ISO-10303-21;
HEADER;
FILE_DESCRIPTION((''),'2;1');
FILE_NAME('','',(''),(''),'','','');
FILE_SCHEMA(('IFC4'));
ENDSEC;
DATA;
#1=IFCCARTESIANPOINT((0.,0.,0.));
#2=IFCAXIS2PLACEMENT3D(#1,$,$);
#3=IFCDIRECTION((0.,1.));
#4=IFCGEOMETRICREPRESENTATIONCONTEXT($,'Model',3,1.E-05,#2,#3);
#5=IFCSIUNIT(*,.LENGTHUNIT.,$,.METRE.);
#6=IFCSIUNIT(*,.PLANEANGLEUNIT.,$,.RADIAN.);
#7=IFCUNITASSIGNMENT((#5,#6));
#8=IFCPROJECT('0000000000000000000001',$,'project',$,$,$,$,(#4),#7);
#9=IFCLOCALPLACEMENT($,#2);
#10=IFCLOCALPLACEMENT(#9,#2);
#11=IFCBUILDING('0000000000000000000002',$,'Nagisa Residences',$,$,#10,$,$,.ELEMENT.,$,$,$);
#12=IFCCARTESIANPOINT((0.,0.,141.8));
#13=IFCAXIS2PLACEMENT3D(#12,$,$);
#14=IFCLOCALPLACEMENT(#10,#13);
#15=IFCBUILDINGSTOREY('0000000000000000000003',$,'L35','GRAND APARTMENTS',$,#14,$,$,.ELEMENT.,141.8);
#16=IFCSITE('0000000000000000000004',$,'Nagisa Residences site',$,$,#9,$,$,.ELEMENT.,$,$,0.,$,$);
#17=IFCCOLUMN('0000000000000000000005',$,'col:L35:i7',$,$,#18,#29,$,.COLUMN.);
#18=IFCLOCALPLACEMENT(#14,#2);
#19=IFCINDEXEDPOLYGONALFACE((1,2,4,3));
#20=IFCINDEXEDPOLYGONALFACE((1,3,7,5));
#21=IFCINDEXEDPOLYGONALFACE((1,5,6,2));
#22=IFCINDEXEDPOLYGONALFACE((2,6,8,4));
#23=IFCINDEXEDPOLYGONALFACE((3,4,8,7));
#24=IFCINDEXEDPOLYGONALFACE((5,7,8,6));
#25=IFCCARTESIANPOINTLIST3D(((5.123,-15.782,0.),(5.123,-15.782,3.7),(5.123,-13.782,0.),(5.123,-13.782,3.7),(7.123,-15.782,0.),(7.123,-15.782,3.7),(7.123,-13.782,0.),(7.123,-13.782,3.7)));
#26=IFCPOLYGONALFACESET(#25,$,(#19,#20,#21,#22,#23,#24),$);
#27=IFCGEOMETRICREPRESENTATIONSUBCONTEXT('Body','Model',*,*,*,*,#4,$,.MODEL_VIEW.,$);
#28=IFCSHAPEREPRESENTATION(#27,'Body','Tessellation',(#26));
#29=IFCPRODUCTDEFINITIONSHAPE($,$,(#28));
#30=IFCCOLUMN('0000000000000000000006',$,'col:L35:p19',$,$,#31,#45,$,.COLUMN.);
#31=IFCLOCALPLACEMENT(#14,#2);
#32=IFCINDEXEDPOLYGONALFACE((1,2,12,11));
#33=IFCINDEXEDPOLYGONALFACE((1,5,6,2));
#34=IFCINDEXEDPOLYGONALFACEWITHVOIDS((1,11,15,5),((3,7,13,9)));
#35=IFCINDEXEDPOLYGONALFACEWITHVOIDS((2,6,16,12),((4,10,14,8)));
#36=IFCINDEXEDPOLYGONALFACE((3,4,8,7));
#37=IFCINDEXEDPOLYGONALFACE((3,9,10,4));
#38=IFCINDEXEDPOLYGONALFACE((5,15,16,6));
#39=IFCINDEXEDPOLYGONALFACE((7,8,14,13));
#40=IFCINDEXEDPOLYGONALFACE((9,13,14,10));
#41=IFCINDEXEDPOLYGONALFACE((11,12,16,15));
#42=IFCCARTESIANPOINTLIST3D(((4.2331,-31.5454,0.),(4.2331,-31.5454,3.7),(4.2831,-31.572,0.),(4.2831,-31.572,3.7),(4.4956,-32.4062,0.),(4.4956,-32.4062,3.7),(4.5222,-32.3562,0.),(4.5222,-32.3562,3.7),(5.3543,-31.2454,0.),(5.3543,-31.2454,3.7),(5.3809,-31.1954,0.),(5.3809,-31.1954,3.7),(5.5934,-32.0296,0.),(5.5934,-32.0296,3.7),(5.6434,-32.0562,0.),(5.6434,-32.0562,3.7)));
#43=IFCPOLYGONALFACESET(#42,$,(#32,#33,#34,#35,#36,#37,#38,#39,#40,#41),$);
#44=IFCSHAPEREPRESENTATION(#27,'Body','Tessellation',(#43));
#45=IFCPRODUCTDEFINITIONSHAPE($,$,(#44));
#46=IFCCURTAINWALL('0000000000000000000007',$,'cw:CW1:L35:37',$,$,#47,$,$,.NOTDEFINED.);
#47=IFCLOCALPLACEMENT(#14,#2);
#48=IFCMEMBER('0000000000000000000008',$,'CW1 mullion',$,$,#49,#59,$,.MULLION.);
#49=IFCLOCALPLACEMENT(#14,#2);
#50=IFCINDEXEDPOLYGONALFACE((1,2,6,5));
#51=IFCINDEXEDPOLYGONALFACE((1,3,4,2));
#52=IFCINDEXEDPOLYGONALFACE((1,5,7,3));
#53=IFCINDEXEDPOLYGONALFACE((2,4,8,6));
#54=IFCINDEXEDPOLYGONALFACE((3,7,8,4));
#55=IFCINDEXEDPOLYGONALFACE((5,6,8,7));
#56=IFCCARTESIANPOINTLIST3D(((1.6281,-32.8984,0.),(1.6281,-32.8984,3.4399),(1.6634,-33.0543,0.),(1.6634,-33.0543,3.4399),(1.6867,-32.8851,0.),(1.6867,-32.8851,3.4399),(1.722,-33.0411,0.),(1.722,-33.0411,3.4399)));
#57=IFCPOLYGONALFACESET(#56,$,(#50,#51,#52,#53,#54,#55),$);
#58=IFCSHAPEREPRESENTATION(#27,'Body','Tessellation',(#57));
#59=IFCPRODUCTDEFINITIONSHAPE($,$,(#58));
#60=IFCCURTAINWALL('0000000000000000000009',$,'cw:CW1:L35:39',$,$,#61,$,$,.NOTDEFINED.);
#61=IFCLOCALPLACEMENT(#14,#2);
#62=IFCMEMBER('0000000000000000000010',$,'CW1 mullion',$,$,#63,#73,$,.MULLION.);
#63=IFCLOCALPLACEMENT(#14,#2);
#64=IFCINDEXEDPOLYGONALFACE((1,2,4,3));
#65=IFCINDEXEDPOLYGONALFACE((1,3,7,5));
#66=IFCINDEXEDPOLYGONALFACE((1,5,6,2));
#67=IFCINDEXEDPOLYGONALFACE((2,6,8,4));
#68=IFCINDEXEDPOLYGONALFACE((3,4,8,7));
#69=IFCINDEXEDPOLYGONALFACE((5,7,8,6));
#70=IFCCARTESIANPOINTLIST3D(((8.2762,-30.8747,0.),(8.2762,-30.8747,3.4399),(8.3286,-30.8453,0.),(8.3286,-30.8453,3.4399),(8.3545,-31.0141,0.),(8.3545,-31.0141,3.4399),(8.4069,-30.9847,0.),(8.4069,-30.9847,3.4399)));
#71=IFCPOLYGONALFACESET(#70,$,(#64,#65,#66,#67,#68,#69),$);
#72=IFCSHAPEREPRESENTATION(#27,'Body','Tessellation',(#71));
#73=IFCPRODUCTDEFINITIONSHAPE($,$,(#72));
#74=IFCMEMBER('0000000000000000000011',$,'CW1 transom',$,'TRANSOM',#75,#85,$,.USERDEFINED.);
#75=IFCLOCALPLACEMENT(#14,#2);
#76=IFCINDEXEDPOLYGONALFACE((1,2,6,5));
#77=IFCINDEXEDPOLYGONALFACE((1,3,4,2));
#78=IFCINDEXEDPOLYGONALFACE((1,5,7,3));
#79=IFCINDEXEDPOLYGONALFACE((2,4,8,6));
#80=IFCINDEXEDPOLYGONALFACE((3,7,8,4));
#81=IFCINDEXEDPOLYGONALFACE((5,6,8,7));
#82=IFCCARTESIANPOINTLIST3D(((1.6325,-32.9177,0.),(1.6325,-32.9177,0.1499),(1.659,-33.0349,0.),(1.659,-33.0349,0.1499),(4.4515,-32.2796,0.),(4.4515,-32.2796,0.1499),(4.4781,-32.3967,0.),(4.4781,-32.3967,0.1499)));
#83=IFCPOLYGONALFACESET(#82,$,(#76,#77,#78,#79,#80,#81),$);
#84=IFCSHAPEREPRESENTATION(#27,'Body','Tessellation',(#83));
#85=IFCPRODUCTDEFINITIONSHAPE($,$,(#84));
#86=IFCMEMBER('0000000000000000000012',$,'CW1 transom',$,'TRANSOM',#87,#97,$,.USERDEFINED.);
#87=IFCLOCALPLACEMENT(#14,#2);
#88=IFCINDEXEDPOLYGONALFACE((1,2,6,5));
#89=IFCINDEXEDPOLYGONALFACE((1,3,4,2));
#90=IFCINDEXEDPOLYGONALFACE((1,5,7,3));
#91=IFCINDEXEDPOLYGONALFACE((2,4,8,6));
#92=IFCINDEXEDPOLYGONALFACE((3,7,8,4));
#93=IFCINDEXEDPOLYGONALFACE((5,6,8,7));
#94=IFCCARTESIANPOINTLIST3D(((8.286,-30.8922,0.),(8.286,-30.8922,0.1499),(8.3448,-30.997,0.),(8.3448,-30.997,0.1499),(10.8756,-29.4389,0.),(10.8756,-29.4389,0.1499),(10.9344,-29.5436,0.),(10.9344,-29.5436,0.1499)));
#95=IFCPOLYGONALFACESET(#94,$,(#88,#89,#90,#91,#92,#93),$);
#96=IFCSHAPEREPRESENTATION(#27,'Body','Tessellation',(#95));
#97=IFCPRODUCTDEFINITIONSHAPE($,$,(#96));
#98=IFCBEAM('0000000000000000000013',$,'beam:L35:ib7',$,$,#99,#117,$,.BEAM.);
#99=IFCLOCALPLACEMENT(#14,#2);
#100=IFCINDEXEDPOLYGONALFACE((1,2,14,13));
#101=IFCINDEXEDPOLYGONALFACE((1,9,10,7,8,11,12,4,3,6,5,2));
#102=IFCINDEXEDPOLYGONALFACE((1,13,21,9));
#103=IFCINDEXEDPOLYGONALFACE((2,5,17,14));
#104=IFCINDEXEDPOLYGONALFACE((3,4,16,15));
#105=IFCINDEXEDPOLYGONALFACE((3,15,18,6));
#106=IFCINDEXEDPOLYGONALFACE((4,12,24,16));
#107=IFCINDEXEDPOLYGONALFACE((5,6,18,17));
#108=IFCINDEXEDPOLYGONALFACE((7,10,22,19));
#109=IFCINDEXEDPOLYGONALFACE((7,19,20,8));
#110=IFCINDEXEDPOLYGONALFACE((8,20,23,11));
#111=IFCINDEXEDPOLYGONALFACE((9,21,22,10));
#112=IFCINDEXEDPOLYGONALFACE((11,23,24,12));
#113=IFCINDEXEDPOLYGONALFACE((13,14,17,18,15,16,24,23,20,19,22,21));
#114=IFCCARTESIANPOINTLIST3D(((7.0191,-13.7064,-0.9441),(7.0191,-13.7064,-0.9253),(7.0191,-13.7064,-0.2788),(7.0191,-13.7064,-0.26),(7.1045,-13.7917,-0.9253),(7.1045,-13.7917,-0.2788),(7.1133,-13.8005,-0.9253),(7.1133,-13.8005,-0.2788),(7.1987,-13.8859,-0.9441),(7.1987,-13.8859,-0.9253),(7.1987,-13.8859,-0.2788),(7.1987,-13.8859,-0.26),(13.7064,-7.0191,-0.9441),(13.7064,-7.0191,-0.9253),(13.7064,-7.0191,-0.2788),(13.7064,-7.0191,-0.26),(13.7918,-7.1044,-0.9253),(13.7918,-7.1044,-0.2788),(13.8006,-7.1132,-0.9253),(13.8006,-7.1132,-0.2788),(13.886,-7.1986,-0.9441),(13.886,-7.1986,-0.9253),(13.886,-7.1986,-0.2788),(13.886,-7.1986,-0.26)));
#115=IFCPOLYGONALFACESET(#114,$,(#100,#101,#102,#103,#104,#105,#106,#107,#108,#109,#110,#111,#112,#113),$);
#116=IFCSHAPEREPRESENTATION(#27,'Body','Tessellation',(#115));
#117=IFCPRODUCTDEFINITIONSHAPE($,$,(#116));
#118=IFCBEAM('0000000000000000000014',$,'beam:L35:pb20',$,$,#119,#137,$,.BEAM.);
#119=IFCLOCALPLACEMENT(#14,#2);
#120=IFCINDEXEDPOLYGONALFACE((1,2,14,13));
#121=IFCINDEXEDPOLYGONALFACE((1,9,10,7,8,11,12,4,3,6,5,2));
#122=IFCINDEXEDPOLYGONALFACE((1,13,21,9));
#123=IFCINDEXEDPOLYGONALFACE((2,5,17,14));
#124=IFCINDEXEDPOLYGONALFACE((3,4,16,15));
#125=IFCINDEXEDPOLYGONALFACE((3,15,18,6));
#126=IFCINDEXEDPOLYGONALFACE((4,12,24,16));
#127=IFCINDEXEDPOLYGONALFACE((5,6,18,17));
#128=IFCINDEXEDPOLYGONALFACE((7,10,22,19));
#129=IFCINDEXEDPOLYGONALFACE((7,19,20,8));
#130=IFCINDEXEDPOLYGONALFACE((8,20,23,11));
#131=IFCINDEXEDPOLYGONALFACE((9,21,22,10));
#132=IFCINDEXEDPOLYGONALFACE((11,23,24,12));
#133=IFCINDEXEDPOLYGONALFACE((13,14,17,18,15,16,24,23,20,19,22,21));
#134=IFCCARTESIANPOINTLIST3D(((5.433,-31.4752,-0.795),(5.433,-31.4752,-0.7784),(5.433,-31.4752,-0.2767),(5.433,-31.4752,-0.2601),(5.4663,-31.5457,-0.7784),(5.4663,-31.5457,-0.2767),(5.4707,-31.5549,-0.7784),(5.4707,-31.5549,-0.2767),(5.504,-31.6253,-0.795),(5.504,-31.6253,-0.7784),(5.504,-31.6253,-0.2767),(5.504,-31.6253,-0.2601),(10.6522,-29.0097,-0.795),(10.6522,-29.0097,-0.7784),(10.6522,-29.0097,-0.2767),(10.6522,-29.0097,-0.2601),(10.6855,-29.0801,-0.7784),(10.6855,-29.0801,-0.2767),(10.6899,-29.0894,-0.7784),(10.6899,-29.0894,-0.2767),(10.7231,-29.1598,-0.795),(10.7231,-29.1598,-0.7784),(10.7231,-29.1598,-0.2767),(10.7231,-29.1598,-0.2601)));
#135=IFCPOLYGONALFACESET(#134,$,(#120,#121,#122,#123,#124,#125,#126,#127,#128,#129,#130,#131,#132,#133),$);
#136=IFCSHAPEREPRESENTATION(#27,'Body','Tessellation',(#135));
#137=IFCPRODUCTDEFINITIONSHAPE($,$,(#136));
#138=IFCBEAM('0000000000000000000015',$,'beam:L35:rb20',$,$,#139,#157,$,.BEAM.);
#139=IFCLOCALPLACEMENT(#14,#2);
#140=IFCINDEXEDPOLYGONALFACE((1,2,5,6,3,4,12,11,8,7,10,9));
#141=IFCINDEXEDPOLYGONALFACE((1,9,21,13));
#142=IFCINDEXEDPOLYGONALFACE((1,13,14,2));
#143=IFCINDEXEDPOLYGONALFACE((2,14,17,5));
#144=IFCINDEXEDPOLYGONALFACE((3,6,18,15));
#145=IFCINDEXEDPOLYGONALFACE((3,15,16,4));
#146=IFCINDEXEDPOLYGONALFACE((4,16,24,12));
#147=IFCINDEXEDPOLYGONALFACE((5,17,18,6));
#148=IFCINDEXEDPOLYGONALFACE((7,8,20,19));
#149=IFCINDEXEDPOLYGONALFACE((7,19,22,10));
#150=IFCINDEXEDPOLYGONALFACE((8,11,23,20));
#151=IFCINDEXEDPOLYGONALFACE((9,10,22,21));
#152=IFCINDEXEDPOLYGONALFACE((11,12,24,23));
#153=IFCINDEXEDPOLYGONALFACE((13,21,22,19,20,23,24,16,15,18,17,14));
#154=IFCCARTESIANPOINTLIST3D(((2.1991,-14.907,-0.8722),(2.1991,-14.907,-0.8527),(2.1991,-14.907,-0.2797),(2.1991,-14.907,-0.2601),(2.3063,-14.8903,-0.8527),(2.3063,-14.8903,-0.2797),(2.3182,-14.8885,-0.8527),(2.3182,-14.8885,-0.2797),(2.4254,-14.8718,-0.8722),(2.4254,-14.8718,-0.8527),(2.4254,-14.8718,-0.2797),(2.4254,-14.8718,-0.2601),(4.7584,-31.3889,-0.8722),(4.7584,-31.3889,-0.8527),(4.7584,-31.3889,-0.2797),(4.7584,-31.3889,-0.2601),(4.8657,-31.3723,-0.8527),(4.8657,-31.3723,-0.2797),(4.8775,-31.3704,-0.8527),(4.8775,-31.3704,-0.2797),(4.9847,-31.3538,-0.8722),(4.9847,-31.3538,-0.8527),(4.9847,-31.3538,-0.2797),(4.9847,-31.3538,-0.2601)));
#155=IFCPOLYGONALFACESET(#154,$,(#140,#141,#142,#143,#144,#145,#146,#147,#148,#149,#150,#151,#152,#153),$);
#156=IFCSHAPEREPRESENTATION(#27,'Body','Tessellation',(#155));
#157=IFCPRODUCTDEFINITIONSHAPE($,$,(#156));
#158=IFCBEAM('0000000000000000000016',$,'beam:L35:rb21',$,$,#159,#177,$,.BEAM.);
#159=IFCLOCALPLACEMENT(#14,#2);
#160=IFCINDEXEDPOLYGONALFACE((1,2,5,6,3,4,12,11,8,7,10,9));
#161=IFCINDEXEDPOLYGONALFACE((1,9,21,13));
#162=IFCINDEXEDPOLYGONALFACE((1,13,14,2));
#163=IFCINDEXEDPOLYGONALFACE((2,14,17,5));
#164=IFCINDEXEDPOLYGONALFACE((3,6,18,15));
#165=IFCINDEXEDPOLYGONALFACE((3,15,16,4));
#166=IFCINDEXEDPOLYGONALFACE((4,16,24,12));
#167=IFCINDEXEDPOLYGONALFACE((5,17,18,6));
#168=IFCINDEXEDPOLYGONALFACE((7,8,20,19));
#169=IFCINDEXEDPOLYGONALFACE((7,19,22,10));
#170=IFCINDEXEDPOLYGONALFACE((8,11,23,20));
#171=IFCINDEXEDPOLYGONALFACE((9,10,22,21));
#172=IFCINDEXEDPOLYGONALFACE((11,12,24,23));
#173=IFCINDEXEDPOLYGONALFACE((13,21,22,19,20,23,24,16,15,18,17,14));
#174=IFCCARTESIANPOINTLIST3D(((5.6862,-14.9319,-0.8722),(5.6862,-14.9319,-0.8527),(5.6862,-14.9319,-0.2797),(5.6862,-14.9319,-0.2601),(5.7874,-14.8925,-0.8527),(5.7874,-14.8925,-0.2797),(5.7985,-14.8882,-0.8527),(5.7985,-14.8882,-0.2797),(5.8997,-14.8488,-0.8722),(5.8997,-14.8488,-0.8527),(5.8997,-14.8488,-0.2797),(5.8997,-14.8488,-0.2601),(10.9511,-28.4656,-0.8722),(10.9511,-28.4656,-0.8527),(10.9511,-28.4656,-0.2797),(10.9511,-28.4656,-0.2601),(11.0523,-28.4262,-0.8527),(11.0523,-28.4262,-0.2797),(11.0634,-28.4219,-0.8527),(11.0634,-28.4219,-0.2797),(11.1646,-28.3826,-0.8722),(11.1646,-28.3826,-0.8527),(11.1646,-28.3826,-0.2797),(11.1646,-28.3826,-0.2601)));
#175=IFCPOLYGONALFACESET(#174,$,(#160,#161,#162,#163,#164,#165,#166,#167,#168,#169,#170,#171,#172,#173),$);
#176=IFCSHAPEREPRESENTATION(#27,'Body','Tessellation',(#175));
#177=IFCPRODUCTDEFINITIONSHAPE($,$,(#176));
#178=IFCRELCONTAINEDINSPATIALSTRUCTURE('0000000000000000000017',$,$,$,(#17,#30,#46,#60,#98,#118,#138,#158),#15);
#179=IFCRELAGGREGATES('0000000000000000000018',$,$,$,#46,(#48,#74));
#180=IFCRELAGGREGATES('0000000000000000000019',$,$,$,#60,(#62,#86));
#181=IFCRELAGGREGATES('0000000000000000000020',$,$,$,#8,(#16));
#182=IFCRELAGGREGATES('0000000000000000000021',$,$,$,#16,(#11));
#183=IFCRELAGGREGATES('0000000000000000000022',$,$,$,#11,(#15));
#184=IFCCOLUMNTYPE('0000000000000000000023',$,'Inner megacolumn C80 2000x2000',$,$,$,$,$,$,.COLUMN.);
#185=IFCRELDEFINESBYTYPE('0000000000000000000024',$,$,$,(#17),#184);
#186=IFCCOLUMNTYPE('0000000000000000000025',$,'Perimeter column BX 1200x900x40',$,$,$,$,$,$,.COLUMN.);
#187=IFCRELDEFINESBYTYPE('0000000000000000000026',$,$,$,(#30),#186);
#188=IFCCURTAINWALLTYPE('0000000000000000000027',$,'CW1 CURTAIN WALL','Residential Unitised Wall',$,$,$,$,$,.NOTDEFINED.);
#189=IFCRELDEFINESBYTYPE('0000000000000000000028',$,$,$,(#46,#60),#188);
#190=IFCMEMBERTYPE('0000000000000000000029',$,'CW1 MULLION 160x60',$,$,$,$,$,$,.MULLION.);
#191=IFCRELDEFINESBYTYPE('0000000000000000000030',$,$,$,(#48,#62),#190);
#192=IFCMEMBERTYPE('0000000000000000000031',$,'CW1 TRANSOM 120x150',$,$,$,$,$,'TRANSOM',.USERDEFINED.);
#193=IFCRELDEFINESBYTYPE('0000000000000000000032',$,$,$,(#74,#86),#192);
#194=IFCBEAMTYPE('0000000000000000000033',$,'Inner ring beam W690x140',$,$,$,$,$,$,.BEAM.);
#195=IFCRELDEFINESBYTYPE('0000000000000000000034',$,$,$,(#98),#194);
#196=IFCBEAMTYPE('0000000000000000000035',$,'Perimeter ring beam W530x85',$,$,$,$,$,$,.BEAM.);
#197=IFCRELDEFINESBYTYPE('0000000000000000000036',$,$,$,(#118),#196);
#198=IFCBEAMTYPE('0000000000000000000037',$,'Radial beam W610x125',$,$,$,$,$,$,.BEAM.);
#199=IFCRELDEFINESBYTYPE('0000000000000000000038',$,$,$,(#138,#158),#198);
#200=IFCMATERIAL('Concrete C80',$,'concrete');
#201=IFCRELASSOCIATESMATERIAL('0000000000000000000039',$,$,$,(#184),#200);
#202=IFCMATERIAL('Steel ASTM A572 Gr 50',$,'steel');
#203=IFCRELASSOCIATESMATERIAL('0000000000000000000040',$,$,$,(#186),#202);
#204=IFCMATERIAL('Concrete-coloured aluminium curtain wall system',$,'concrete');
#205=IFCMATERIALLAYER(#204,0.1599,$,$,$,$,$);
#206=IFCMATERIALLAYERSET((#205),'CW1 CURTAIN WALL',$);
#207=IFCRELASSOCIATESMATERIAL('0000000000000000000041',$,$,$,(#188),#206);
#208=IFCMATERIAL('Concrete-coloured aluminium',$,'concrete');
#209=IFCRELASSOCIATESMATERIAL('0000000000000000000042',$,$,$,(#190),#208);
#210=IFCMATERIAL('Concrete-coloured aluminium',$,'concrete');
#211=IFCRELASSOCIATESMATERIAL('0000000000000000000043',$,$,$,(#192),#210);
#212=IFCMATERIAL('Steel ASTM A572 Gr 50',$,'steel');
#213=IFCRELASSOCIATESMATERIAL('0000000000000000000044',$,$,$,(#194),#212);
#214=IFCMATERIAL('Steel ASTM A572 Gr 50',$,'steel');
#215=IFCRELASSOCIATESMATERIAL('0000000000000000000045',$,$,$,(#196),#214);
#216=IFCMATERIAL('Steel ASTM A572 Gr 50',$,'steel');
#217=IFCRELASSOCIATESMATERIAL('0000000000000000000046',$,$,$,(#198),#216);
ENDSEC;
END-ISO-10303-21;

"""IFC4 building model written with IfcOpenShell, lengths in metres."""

from ifc_helpers import new_model, si_unit, direction, frame, origin, origin_2d, place, context, subcontext, project, spatial, rectangle, hollow_rectangle, i_section, extrude, material, layer, layer_set, material_profile, profile_set, type_object, element, aggregate, save


model = new_model("IFC4")

# Units and contexts
model_context = context("Model", 3, precision=1e-05, world=origin(), true_north=direction((0.0, 1.0)))
body_context = subcontext(model_context, "Body", "Model", "MODEL_VIEW")
ifc_project = project(units=[si_unit("LENGTHUNIT", "METRE"), si_unit("PLANEANGLEUNIT", "RADIAN")], contexts=[model_context])

# Site, building, storey
site_placement = place(None, origin())
site = spatial("IfcSite", under=ifc_project, at=site_placement, Name="Nagisa Residences site", CompositionType="ELEMENT", RefElevation=0.0)
building_placement = place(site_placement, origin())
building = spatial("IfcBuilding", under=site, at=building_placement, Name="Nagisa Residences", CompositionType="ELEMENT")
storey_placement = place(building_placement, frame((0.0, 0.0, 141.8)))
storey = spatial("IfcBuildingStorey", under=building, at=storey_placement, Name="L35", Description="GRAND APARTMENTS", CompositionType="ELEMENT", Elevation=141.8)

# Columns
ifc_material_1 = material(Name="Concrete C80", Category="concrete")
ifc_material_profile_1 = material_profile(ifc_material_1, rectangle(XDim=2.0, YDim=2.0, at=origin_2d()), Name="C80 2000x2000")
ifc_profile_set_1 = profile_set([ifc_material_profile_1], Name="Concrete C80")
column_type_1 = type_object("IfcColumnType", Name="Inner megacolumn C80 2000x2000", PredefinedType="COLUMN", material=ifc_profile_set_1)
column_1_placement = place(storey_placement, frame((6.123, -14.782, 0.0), z_axis=(0.0, 0.0, 1.0), x_axis=(1.0, 0.0, 0.0)))
element("IfcColumn", 1, at=column_1_placement, inside=storey, type_object=column_type_1, Name="col:L35:i7", PredefinedType="COLUMN", context=body_context, shape_type="SweptSolid", body=[
    extrude(rectangle(XDim=2.0, YDim=2.0, at=origin_2d()), origin(), (0.0, 0.0, 1.0), 3.7),
])
ifc_material_2 = material(Name="Steel ASTM A572 Gr 50", Category="steel")
ifc_material_profile_2 = material_profile(ifc_material_2, hollow_rectangle(XDim=1.2, YDim=0.8999, WallThickness=0.04, at=origin_2d()), Name="BX 1200x900x40")
ifc_profile_set_2 = profile_set([ifc_material_profile_2], Name="Steel ASTM A572 Gr 50")
column_type_2 = type_object("IfcColumnType", Name="Perimeter column BX 1200x900x40", PredefinedType="COLUMN", material=ifc_profile_set_2)
column_2_placement = place(storey_placement, frame((4.9382, -31.8008, 0.0), z_axis=(0.0, 0.0, 1.0), x_axis=(0.956525, 0.291652, 0.0)))
element("IfcColumn", 2, at=column_2_placement, inside=storey, type_object=column_type_2, Name="col:L35:p19", PredefinedType="COLUMN", context=body_context, shape_type="SweptSolid", body=[
    extrude(hollow_rectangle(XDim=1.2, YDim=0.8999, WallThickness=0.04, at=origin_2d()), origin(), (0.0, 0.0, 1.0), 3.7),
])

# Curtain walls, members
ifc_material_3 = material(Name="Concrete-coloured aluminium curtain wall system", Category="concrete")
ifc_layer_1 = layer(ifc_material_3, 0.1599)
ifc_layer_set_1 = layer_set([ifc_layer_1], Name="CW1 CURTAIN WALL")
curtain_wall_type = type_object("IfcCurtainWallType", Name="CW1 CURTAIN WALL", Description="Residential Unitised Wall", PredefinedType="NOTDEFINED", material=ifc_layer_set_1)
curtain_wall_1_placement = place(storey_placement, origin())
curtain_wall_1 = element("IfcCurtainWall", 3, at=curtain_wall_1_placement, inside=storey, type_object=curtain_wall_type, Name="cw:CW1:L35:37", PredefinedType="NOTDEFINED")
ifc_material_4 = material(Name="Concrete-coloured aluminium", Category="concrete")
ifc_material_profile_3 = material_profile(ifc_material_4, rectangle(XDim=0.1599, YDim=0.0601, at=origin_2d()), Name="CW1 MULLION 160x60")
ifc_profile_set_3 = profile_set([ifc_material_profile_3], Name="Concrete-coloured aluminium")
member_type_1 = type_object("IfcMemberType", Name="CW1 MULLION 160x60", PredefinedType="MULLION", material=ifc_profile_set_3)
member_1_placement = place(storey_placement, frame((1.675, -32.9697, 0.0), z_axis=(0.0, 0.0, 1.0), x_axis=(-0.220764, 0.975327, 0.0)))
member_1 = element("IfcMember", 4, at=member_1_placement, type_object=member_type_1, Name="CW1 mullion", PredefinedType="MULLION", context=body_context, shape_type="SweptSolid", body=[
    extrude(rectangle(XDim=0.1599, YDim=0.0601, at=origin_2d()), origin(), (0.0, 0.0, 1.0), 3.4399),
])
curtain_wall_2_placement = place(storey_placement, origin())
curtain_wall_2 = element("IfcCurtainWall", 5, at=curtain_wall_2_placement, inside=storey, type_object=curtain_wall_type, Name="cw:CW1:L35:39", PredefinedType="NOTDEFINED")
member_2_placement = place(storey_placement, frame((8.3416, -30.9297, 0.0), z_axis=(0.0, 0.0, 1.0), x_axis=(-0.489377, 0.872072, 0.0)))
member_2 = element("IfcMember", 6, at=member_2_placement, type_object=member_type_1, Name="CW1 mullion", PredefinedType="MULLION", context=body_context, shape_type="SweptSolid", body=[
    extrude(rectangle(XDim=0.1599, YDim=0.0601, at=origin_2d()), origin(), (0.0, 0.0, 1.0), 3.4399),
])

# Members
ifc_material_5 = material(Name="Concrete-coloured aluminium", Category="concrete")
ifc_material_profile_4 = material_profile(ifc_material_5, rectangle(XDim=0.1201, YDim=0.1499, at=origin_2d()), Name="CW1 TRANSOM 120x150")
ifc_profile_set_4 = profile_set([ifc_material_profile_4], Name="Concrete-coloured aluminium")
member_type_2 = type_object("IfcMemberType", Name="CW1 TRANSOM 120x150", ElementType="TRANSOM", PredefinedType="USERDEFINED", material=ifc_profile_set_4)
member_3_placement = place(storey_placement, frame((1.6458, -32.9763, 0.075), z_axis=(0.975321, 0.220792, 0.0), x_axis=(-0.220792, 0.975321, 0.0)))
member_3 = element("IfcMember", 7, at=member_3_placement, type_object=member_type_2, Name="CW1 transom", ObjectType="TRANSOM", PredefinedType="USERDEFINED", context=body_context, shape_type="SweptSolid", body=[
    extrude(rectangle(XDim=0.1201, YDim=0.1499, at=origin_2d()), origin(), (0.0, 0.0, 1.0), 2.8904),
])
member_4_placement = place(storey_placement, frame((8.3154, -30.9446, 0.075), z_axis=(0.872047, 0.489422, 0.0), x_axis=(-0.489422, 0.872047, 0.0)))
member_4 = element("IfcMember", 8, at=member_4_placement, type_object=member_type_2, Name="CW1 transom", ObjectType="TRANSOM", PredefinedType="USERDEFINED", context=body_context, shape_type="SweptSolid", body=[
    extrude(rectangle(XDim=0.1201, YDim=0.1499, at=origin_2d()), origin(), (0.0, 0.0, 1.0), 2.9695),
])

# Beams
ifc_material_6 = material(Name="Steel ASTM A572 Gr 50", Category="steel")
ifc_material_profile_5 = material_profile(ifc_material_6, i_section(OverallWidth=0.2539, OverallDepth=0.6841, WebThickness=0.0125, FlangeThickness=0.0188, at=origin_2d()), Name="W690x140")
ifc_profile_set_5 = profile_set([ifc_material_profile_5], Name="Steel ASTM A572 Gr 50")
beam_type_1 = type_object("IfcBeamType", Name="Inner ring beam W690x140", PredefinedType="BEAM", material=ifc_profile_set_5)
beam_1_placement = place(storey_placement, frame((7.1089, -13.7961, -0.6021), z_axis=(0.707107, 0.707107, 0.0), x_axis=(-0.707107, 0.707107, 0.0)))
element("IfcBeam", 9, at=beam_1_placement, inside=storey, type_object=beam_type_1, Name="beam:L35:ib7", PredefinedType="BEAM", context=body_context, shape_type="SweptSolid", body=[
    extrude(i_section(OverallWidth=0.2539, OverallDepth=0.6841, WebThickness=0.0125, FlangeThickness=0.0188, at=origin_2d()), origin(), (0.0, 0.0, 1.0), 9.4573),
])
ifc_material_7 = material(Name="Steel ASTM A572 Gr 50", Category="steel")
ifc_material_profile_6 = material_profile(ifc_material_7, i_section(OverallWidth=0.166, OverallDepth=0.5349, WebThickness=0.0103, FlangeThickness=0.0166, at=origin_2d()), Name="W530x85")
ifc_profile_set_6 = profile_set([ifc_material_profile_6], Name="Steel ASTM A572 Gr 50")
beam_type_2 = type_object("IfcBeamType", Name="Perimeter ring beam W530x85", PredefinedType="BEAM", material=ifc_profile_set_6)
beam_2_placement = place(storey_placement, frame((5.4685, -31.5503, -0.5276), z_axis=(0.904186, 0.427139, 0.0), x_axis=(-0.427139, 0.904186, 0.0)))
element("IfcBeam", 10, at=beam_2_placement, inside=storey, type_object=beam_type_2, Name="beam:L35:pb20", PredefinedType="BEAM", context=body_context, shape_type="SweptSolid", body=[
    extrude(i_section(OverallWidth=0.166, OverallDepth=0.5349, WebThickness=0.0103, FlangeThickness=0.0166, at=origin_2d()), origin(), (0.0, 0.0, 1.0), 5.7722),
])
ifc_material_8 = material(Name="Steel ASTM A572 Gr 50", Category="steel")
ifc_material_profile_7 = material_profile(ifc_material_8, i_section(OverallWidth=0.229, OverallDepth=0.6121, WebThickness=0.012, FlangeThickness=0.0195, at=origin_2d()), Name="W610x125")
ifc_profile_set_7 = profile_set([ifc_material_profile_7], Name="Steel ASTM A572 Gr 50")
beam_type_3 = type_object("IfcBeamType", Name="Radial beam W610x125", PredefinedType="BEAM", material=ifc_profile_set_7)
beam_3_placement = place(storey_placement, frame((4.8716, -31.3713, -0.5662), z_axis=(-0.153442, 0.988158, 0.0), x_axis=(-0.988158, -0.153442, 0.0)))
element("IfcBeam", 11, at=beam_3_placement, inside=storey, type_object=beam_type_3, Name="beam:L35:rb20", PredefinedType="BEAM", context=body_context, shape_type="SweptSolid", body=[
    extrude(i_section(OverallWidth=0.229, OverallDepth=0.6121, WebThickness=0.012, FlangeThickness=0.0195, at=origin_2d()), origin(), (0.0, 0.0, 1.0), 16.6794),
])
beam_4_placement = place(storey_placement, frame((11.0579, -28.4241, -0.5662), z_axis=(-0.362553, 0.931963, 0.0), x_axis=(-0.931963, -0.362553, 0.0)))
element("IfcBeam", 12, at=beam_4_placement, inside=storey, type_object=beam_type_3, Name="beam:L35:rb21", PredefinedType="BEAM", context=body_context, shape_type="SweptSolid", body=[
    extrude(i_section(OverallWidth=0.229, OverallDepth=0.6121, WebThickness=0.012, FlangeThickness=0.0195, at=origin_2d()), origin(), (0.0, 0.0, 1.0), 14.5217),
])

aggregate(curtain_wall_1, [member_1, member_3])
aggregate(curtain_wall_2, [member_2, member_4])

save(model, "model.ifc")
